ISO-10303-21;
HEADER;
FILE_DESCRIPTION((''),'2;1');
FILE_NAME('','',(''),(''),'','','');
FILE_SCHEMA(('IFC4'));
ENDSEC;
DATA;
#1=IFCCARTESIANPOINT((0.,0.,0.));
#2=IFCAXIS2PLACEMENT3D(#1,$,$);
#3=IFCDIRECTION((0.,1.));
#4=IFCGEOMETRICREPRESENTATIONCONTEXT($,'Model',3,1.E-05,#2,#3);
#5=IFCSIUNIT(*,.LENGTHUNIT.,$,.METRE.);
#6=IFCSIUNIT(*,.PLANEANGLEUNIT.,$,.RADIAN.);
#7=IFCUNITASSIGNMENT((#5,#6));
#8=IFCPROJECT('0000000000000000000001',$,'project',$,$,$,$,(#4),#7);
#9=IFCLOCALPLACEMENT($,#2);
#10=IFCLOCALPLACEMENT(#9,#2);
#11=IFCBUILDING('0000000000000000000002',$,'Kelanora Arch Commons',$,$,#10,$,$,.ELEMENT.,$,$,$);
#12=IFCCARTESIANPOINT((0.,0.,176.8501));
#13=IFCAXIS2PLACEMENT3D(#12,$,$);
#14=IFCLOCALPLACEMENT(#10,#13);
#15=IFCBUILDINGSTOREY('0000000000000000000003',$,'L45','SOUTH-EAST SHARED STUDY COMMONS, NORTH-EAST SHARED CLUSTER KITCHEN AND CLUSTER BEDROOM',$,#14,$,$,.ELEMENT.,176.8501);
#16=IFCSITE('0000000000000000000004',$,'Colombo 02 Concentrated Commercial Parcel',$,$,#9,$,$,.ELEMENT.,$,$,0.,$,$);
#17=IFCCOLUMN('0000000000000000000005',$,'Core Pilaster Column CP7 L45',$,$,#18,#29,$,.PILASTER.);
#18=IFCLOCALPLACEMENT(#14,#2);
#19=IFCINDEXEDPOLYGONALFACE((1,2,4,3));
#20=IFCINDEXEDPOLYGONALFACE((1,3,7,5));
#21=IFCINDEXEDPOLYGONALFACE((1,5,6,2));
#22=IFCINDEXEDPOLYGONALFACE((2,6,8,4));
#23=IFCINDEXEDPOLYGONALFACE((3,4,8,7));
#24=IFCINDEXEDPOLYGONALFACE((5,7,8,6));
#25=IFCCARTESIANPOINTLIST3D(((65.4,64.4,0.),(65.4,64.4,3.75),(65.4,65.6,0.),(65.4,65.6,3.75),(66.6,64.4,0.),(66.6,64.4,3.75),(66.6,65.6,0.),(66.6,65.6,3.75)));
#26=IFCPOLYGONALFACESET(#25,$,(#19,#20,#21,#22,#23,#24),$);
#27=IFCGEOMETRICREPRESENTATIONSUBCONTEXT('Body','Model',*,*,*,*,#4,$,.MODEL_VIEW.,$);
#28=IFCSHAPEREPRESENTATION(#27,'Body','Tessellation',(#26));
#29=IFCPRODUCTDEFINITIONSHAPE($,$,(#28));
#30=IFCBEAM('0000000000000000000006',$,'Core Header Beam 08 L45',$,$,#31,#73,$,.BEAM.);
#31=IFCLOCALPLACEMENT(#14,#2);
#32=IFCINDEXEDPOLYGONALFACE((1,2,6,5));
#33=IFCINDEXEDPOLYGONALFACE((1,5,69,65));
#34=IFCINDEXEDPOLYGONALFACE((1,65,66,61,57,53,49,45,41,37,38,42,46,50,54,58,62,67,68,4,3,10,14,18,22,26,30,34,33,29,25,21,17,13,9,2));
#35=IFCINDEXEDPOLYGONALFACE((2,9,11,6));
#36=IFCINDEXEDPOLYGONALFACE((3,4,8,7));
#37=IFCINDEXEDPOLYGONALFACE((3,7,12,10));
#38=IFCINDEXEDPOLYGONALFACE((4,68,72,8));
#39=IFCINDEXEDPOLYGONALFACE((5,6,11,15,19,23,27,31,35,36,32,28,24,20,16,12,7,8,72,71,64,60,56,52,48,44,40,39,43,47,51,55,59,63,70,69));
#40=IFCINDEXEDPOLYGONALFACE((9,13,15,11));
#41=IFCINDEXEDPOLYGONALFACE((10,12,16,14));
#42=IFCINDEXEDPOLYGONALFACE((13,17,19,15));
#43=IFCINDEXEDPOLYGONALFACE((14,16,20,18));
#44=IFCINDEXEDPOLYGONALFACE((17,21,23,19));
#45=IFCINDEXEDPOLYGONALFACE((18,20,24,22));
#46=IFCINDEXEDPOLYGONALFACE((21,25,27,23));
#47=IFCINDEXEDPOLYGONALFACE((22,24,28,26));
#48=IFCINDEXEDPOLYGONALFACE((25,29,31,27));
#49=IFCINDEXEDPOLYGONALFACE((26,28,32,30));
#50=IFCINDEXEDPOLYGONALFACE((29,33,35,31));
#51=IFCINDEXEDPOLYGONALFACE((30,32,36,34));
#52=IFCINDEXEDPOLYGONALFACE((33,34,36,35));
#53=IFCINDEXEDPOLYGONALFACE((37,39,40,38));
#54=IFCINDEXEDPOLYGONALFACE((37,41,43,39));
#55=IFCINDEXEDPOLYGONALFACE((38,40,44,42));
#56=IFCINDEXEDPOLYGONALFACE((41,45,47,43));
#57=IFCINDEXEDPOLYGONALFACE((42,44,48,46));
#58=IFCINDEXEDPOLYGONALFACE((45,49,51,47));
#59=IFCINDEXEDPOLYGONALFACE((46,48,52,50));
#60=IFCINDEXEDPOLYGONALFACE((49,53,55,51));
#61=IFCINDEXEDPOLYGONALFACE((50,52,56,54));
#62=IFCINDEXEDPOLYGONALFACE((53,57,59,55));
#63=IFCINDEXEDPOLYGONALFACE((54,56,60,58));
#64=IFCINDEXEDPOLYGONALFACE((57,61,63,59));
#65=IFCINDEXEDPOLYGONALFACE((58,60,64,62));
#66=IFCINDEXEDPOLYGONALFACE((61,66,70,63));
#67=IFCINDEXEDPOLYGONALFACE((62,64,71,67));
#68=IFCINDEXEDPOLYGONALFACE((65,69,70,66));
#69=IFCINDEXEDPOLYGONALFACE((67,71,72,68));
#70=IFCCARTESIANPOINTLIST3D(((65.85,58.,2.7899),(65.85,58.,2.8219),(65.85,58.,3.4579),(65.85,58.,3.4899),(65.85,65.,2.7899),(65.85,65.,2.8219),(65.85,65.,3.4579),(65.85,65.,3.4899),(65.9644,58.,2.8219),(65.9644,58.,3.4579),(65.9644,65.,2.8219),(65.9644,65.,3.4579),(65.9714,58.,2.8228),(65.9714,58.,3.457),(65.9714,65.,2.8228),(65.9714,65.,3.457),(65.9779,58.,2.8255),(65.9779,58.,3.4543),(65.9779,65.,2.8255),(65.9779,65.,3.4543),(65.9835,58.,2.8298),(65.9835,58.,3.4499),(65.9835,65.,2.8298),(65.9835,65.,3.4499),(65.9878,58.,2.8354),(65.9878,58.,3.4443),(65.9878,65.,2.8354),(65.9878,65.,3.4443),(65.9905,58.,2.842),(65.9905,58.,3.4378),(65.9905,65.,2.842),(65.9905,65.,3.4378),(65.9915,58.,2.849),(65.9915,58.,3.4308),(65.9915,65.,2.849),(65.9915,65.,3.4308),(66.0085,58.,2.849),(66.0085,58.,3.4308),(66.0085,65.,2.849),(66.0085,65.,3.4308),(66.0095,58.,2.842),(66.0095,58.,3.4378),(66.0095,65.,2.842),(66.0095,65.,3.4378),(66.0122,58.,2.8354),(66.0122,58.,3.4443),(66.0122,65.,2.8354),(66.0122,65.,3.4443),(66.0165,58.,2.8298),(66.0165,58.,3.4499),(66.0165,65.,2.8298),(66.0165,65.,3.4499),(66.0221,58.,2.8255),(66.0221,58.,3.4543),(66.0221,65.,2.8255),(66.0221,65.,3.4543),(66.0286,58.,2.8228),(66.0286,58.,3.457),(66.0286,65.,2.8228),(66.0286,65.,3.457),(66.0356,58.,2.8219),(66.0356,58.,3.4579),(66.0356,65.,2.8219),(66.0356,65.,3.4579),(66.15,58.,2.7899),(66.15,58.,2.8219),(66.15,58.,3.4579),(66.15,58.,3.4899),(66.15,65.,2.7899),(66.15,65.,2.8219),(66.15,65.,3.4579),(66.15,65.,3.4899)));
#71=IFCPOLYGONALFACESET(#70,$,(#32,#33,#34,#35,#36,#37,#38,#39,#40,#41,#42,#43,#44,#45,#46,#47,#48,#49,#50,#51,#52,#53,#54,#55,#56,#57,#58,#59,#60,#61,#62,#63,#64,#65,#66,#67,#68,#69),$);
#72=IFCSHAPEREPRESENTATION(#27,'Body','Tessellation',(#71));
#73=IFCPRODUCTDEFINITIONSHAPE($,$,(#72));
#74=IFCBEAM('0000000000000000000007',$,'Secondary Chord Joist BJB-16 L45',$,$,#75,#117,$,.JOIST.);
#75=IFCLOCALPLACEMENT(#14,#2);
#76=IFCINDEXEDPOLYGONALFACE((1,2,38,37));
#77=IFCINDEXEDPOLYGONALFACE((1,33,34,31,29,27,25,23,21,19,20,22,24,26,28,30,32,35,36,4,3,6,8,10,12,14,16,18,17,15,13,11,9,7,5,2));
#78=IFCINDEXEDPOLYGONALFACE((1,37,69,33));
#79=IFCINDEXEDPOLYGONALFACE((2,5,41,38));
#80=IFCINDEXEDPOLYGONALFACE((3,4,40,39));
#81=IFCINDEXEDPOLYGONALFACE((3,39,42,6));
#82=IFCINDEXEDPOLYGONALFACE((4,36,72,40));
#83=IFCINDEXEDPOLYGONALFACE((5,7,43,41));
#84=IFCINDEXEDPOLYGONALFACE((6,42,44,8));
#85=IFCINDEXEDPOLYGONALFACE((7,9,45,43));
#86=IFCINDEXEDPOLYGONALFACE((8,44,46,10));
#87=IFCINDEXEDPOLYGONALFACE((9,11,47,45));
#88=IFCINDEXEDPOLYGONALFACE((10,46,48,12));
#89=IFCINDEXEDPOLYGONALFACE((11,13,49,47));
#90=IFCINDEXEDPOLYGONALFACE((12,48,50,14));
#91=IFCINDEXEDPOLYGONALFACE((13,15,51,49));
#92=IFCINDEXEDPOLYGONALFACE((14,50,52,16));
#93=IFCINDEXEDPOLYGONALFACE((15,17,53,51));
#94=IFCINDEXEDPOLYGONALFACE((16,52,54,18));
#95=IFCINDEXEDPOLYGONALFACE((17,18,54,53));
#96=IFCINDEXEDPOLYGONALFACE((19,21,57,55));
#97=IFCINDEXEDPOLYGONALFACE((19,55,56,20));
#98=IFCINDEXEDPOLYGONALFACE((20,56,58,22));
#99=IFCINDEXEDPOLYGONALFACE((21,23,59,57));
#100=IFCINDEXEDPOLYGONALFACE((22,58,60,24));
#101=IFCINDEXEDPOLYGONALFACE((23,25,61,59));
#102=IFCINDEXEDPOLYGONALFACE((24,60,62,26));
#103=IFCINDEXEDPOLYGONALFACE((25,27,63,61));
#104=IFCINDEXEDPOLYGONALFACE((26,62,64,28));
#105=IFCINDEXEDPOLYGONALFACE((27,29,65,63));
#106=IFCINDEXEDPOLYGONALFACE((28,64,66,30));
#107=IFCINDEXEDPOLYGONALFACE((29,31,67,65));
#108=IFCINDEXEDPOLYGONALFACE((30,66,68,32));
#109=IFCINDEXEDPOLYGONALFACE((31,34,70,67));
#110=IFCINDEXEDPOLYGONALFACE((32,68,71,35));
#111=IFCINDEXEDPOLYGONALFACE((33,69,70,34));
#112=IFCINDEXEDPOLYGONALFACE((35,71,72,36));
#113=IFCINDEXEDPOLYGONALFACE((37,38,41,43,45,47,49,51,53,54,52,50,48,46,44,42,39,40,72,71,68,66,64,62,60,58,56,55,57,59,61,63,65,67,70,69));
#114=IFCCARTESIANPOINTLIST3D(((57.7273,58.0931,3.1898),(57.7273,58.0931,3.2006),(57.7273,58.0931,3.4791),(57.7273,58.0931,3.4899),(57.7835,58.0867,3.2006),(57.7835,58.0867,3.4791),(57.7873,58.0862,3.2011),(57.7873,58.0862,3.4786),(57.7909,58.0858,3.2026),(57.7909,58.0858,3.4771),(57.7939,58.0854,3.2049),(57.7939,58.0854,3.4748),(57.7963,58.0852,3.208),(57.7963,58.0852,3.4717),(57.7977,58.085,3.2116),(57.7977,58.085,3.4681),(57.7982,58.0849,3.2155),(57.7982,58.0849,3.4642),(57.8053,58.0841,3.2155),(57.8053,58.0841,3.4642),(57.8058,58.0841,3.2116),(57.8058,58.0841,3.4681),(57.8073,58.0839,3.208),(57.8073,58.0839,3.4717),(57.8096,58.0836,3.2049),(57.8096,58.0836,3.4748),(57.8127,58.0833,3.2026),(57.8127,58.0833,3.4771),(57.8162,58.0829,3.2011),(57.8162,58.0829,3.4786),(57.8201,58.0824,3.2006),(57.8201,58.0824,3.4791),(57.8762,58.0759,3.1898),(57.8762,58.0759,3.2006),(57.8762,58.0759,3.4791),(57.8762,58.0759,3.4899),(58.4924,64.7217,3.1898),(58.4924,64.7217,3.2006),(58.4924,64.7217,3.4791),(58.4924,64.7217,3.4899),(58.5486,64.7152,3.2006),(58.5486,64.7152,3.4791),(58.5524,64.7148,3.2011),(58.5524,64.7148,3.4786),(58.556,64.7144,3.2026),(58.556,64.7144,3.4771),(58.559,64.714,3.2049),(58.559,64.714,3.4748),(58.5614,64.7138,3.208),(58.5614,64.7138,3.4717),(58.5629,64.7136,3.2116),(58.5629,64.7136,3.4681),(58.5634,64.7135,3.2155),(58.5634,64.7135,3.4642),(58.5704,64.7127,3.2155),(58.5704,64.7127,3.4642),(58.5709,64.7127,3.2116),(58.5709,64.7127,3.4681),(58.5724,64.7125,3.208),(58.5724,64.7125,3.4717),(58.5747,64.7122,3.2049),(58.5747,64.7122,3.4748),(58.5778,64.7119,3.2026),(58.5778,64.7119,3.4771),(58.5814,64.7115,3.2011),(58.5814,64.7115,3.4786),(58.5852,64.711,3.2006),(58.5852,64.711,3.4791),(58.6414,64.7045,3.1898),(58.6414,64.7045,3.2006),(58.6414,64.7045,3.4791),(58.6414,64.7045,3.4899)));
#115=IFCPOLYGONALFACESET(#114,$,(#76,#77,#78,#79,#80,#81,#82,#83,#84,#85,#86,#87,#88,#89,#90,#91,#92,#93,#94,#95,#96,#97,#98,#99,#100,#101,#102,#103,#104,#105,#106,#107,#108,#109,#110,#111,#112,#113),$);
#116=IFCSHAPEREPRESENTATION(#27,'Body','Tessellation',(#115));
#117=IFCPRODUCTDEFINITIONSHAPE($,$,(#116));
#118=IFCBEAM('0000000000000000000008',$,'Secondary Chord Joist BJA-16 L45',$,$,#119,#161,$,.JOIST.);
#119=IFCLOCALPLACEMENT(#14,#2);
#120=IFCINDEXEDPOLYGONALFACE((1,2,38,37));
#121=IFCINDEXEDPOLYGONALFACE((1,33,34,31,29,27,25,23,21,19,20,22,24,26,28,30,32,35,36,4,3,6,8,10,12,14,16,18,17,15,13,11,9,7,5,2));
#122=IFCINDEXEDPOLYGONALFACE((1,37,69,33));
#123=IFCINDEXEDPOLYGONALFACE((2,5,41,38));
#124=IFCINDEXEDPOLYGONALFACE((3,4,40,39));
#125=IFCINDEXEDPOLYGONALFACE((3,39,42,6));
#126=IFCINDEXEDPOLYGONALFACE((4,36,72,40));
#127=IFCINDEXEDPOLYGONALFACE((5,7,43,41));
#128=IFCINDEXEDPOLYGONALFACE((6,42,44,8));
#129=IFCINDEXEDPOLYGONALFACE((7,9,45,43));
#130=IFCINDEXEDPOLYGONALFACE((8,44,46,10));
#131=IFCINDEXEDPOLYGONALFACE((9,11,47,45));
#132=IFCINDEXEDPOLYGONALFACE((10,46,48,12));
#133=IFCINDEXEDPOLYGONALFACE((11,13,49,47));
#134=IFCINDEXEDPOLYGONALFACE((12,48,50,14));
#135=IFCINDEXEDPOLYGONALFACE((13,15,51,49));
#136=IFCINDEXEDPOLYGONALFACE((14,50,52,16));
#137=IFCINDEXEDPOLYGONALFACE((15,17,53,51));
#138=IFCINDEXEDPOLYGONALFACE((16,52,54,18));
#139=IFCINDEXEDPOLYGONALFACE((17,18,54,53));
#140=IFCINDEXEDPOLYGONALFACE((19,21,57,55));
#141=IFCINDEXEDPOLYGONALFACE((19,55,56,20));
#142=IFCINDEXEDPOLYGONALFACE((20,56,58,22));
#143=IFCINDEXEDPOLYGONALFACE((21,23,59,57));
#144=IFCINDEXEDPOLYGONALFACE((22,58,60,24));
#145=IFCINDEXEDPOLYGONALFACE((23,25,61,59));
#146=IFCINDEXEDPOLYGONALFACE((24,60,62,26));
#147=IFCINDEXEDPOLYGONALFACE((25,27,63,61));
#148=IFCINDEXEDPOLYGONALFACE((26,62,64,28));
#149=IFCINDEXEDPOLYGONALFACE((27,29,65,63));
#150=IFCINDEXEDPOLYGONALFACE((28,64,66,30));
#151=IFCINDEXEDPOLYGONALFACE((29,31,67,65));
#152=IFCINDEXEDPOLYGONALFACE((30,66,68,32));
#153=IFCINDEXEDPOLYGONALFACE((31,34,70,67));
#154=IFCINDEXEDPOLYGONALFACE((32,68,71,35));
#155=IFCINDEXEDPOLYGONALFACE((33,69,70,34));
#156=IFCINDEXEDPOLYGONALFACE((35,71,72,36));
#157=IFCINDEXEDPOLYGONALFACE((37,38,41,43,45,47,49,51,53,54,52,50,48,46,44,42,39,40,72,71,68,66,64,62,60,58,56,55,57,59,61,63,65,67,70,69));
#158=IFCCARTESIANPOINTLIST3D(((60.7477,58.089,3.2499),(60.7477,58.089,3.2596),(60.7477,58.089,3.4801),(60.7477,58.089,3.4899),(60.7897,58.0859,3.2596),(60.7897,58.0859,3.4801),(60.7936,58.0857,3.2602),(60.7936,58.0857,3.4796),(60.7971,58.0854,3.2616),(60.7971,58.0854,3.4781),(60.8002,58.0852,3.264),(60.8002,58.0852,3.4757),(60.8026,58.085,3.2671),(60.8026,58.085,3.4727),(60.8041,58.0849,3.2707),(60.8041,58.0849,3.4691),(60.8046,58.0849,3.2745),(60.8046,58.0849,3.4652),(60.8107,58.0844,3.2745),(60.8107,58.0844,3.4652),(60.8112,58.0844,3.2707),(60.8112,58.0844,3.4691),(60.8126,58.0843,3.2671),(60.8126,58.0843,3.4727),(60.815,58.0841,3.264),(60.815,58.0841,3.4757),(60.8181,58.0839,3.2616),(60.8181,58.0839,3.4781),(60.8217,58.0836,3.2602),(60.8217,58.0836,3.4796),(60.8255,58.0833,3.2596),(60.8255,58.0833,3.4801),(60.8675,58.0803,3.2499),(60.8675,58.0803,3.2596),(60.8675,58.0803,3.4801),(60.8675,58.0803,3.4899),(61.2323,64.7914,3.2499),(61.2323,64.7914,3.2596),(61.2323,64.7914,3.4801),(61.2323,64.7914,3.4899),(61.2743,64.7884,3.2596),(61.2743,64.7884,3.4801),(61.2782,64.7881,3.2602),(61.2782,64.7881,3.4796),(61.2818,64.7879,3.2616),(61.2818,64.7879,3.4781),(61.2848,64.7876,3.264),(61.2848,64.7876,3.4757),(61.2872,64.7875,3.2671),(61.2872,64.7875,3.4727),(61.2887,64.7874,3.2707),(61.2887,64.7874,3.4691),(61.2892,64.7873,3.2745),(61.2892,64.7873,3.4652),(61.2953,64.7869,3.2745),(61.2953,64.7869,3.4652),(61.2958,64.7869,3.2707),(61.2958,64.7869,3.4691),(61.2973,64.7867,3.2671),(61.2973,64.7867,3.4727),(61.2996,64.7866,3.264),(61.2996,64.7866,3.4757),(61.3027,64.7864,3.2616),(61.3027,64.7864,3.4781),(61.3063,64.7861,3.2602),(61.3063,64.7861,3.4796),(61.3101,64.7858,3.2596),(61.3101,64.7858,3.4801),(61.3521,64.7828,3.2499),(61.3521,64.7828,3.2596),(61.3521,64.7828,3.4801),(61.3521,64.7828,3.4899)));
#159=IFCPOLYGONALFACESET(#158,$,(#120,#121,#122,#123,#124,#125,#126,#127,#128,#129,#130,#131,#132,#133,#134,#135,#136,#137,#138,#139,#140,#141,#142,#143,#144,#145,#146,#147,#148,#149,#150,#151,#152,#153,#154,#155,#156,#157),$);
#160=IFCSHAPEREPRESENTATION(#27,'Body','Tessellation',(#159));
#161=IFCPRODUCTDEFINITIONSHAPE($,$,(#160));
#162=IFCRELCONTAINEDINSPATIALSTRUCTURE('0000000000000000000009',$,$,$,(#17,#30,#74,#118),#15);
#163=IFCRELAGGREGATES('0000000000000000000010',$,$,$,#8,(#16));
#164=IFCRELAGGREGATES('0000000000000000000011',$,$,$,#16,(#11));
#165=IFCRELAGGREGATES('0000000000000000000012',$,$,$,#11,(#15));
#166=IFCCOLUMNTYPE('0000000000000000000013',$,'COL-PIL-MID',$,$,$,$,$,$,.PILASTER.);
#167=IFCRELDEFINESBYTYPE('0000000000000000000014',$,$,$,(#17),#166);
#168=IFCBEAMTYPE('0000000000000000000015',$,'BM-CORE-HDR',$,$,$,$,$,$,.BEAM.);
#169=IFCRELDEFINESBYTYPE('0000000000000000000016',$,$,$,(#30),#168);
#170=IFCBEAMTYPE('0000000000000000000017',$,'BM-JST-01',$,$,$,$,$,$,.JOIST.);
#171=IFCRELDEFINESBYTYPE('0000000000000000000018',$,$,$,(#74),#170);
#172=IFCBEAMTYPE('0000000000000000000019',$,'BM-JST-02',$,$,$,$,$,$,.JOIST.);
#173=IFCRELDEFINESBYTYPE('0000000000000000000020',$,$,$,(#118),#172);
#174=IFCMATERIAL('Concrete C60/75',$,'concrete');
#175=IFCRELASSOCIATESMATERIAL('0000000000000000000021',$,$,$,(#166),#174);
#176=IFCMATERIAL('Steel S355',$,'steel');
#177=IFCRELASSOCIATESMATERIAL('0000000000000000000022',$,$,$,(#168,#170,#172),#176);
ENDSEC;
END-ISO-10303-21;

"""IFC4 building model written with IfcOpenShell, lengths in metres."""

from ifc_helpers import new_model, si_unit, direction, frame, origin, origin_2d, place, context, subcontext, project, spatial, rectangle, i_section, extrude, material, material_profile, profile_set, type_object, element, save


model = new_model("IFC4")

# Units and contexts
model_context = context("Model", 3, precision=1e-05, world=origin(), true_north=direction((0.0, 1.0)))
body_context = subcontext(model_context, "Body", "Model", "MODEL_VIEW")
ifc_project = project(units=[si_unit("LENGTHUNIT", "METRE"), si_unit("PLANEANGLEUNIT", "RADIAN")], contexts=[model_context])

# Site, building, storey
site_placement = place(None, origin())
site = spatial("IfcSite", under=ifc_project, at=site_placement, Name="Colombo 02 Concentrated Commercial Parcel", CompositionType="ELEMENT", RefElevation=0.0)
building_placement = place(site_placement, origin())
building = spatial("IfcBuilding", under=site, at=building_placement, Name="Kelanora Arch Commons", CompositionType="ELEMENT")
storey_placement = place(building_placement, frame((0.0, 0.0, 176.8501)))
storey = spatial("IfcBuildingStorey", under=building, at=storey_placement, Name="L45", Description="SOUTH-EAST SHARED STUDY COMMONS, NORTH-EAST SHARED CLUSTER KITCHEN AND CLUSTER BEDROOM", CompositionType="ELEMENT", Elevation=176.8501)

# Column
ifc_material_1 = material(Name="Concrete C60/75", Category="concrete")
ifc_material_profile_1 = material_profile(ifc_material_1, rectangle(XDim=1.2, YDim=1.2, at=origin_2d()), Name="RC1200x1200")
ifc_profile_set_1 = profile_set([ifc_material_profile_1], Name="Concrete C60/75")
column_type = type_object("IfcColumnType", Name="COL-PIL-MID", PredefinedType="PILASTER", material=ifc_profile_set_1)
column_placement = place(storey_placement, frame((66.0, 65.0, 0.0), z_axis=(0.0, 0.0, 1.0), x_axis=(1.0, 0.0, 0.0)))
element("IfcColumn", 1, at=column_placement, inside=storey, type_object=column_type, Name="Core Pilaster Column CP7 L45", PredefinedType="PILASTER", context=body_context, shape_type="SweptSolid", body=[
    extrude(rectangle(XDim=1.2, YDim=1.2, at=origin_2d()), origin(), (0.0, 0.0, 1.0), 3.75),
])

# Beams
ifc_material_2 = material(Name="Steel S355", Category="steel")
ifc_material_profile_2 = material_profile(ifc_material_2, i_section(OverallWidth=0.3, OverallDepth=0.7, WebThickness=0.0171, FlangeThickness=0.032, FilletRadius=0.0271, at=origin_2d()), Name="HEB700")
ifc_profile_set_2 = profile_set([ifc_material_profile_2], Name="Steel S355")
beam_type_1 = type_object("IfcBeamType", Name="BM-CORE-HDR", PredefinedType="BEAM", material=ifc_profile_set_2)
beam_1_placement = place(storey_placement, frame((66.0, 65.0, 3.1399), z_axis=(0.0, -1.0, 0.0), x_axis=(1.0, 0.0, 0.0)))
element("IfcBeam", 2, at=beam_1_placement, inside=storey, type_object=beam_type_1, Name="Core Header Beam 08 L45", PredefinedType="BEAM", context=body_context, shape_type="SweptSolid", body=[
    extrude(i_section(OverallWidth=0.3, OverallDepth=0.7, WebThickness=0.0171, FlangeThickness=0.032, FilletRadius=0.0271, at=origin_2d()), origin(), (0.0, 0.0, 1.0), 7.0),
])
ifc_material_profile_3 = material_profile(ifc_material_2, i_section(OverallWidth=0.1499, OverallDepth=0.3, WebThickness=0.0071, FlangeThickness=0.0107, FilletRadius=0.0149, at=origin_2d()), Name="IPE300")
ifc_profile_set_3 = profile_set([ifc_material_profile_3], Name="Steel S355")
beam_type_2 = type_object("IfcBeamType", Name="BM-JST-01", PredefinedType="JOIST", material=ifc_profile_set_3)
beam_2_placement = place(storey_placement, frame((58.5669, 64.7131, 3.3398), z_axis=(-0.114667, -0.993404, 0.0), x_axis=(0.993404, -0.114667, 0.0)))
element("IfcBeam", 3, at=beam_2_placement, inside=storey, type_object=beam_type_2, Name="Secondary Chord Joist BJB-16 L45", PredefinedType="JOIST", context=body_context, shape_type="SweptSolid", body=[
    extrude(i_section(OverallWidth=0.1499, OverallDepth=0.3, WebThickness=0.0071, FlangeThickness=0.0107, FilletRadius=0.0149, at=origin_2d()), origin(), (0.0, 0.0, 1.0), 6.6726),
])
ifc_material_profile_4 = material_profile(ifc_material_2, i_section(OverallWidth=0.1201, OverallDepth=0.24, WebThickness=0.0061, FlangeThickness=0.0098, FilletRadius=0.0149, at=origin_2d()), Name="IPE240")
ifc_profile_set_4 = profile_set([ifc_material_profile_4], Name="Steel S355")
beam_type_3 = type_object("IfcBeamType", Name="BM-JST-02", PredefinedType="JOIST", material=ifc_profile_set_4)
beam_3_placement = place(storey_placement, frame((61.2922, 64.7871, 3.3699), z_axis=(-0.072117, -0.997396, 0.0), x_axis=(0.997396, -0.072117, 0.0)))
element("IfcBeam", 4, at=beam_3_placement, inside=storey, type_object=beam_type_3, Name="Secondary Chord Joist BJA-16 L45", PredefinedType="JOIST", context=body_context, shape_type="SweptSolid", body=[
    extrude(i_section(OverallWidth=0.1201, OverallDepth=0.24, WebThickness=0.0061, FlangeThickness=0.0098, FilletRadius=0.0149, at=origin_2d()), origin(), (0.0, 0.0, 1.0), 6.72),
])

save(model, "model.ifc")
